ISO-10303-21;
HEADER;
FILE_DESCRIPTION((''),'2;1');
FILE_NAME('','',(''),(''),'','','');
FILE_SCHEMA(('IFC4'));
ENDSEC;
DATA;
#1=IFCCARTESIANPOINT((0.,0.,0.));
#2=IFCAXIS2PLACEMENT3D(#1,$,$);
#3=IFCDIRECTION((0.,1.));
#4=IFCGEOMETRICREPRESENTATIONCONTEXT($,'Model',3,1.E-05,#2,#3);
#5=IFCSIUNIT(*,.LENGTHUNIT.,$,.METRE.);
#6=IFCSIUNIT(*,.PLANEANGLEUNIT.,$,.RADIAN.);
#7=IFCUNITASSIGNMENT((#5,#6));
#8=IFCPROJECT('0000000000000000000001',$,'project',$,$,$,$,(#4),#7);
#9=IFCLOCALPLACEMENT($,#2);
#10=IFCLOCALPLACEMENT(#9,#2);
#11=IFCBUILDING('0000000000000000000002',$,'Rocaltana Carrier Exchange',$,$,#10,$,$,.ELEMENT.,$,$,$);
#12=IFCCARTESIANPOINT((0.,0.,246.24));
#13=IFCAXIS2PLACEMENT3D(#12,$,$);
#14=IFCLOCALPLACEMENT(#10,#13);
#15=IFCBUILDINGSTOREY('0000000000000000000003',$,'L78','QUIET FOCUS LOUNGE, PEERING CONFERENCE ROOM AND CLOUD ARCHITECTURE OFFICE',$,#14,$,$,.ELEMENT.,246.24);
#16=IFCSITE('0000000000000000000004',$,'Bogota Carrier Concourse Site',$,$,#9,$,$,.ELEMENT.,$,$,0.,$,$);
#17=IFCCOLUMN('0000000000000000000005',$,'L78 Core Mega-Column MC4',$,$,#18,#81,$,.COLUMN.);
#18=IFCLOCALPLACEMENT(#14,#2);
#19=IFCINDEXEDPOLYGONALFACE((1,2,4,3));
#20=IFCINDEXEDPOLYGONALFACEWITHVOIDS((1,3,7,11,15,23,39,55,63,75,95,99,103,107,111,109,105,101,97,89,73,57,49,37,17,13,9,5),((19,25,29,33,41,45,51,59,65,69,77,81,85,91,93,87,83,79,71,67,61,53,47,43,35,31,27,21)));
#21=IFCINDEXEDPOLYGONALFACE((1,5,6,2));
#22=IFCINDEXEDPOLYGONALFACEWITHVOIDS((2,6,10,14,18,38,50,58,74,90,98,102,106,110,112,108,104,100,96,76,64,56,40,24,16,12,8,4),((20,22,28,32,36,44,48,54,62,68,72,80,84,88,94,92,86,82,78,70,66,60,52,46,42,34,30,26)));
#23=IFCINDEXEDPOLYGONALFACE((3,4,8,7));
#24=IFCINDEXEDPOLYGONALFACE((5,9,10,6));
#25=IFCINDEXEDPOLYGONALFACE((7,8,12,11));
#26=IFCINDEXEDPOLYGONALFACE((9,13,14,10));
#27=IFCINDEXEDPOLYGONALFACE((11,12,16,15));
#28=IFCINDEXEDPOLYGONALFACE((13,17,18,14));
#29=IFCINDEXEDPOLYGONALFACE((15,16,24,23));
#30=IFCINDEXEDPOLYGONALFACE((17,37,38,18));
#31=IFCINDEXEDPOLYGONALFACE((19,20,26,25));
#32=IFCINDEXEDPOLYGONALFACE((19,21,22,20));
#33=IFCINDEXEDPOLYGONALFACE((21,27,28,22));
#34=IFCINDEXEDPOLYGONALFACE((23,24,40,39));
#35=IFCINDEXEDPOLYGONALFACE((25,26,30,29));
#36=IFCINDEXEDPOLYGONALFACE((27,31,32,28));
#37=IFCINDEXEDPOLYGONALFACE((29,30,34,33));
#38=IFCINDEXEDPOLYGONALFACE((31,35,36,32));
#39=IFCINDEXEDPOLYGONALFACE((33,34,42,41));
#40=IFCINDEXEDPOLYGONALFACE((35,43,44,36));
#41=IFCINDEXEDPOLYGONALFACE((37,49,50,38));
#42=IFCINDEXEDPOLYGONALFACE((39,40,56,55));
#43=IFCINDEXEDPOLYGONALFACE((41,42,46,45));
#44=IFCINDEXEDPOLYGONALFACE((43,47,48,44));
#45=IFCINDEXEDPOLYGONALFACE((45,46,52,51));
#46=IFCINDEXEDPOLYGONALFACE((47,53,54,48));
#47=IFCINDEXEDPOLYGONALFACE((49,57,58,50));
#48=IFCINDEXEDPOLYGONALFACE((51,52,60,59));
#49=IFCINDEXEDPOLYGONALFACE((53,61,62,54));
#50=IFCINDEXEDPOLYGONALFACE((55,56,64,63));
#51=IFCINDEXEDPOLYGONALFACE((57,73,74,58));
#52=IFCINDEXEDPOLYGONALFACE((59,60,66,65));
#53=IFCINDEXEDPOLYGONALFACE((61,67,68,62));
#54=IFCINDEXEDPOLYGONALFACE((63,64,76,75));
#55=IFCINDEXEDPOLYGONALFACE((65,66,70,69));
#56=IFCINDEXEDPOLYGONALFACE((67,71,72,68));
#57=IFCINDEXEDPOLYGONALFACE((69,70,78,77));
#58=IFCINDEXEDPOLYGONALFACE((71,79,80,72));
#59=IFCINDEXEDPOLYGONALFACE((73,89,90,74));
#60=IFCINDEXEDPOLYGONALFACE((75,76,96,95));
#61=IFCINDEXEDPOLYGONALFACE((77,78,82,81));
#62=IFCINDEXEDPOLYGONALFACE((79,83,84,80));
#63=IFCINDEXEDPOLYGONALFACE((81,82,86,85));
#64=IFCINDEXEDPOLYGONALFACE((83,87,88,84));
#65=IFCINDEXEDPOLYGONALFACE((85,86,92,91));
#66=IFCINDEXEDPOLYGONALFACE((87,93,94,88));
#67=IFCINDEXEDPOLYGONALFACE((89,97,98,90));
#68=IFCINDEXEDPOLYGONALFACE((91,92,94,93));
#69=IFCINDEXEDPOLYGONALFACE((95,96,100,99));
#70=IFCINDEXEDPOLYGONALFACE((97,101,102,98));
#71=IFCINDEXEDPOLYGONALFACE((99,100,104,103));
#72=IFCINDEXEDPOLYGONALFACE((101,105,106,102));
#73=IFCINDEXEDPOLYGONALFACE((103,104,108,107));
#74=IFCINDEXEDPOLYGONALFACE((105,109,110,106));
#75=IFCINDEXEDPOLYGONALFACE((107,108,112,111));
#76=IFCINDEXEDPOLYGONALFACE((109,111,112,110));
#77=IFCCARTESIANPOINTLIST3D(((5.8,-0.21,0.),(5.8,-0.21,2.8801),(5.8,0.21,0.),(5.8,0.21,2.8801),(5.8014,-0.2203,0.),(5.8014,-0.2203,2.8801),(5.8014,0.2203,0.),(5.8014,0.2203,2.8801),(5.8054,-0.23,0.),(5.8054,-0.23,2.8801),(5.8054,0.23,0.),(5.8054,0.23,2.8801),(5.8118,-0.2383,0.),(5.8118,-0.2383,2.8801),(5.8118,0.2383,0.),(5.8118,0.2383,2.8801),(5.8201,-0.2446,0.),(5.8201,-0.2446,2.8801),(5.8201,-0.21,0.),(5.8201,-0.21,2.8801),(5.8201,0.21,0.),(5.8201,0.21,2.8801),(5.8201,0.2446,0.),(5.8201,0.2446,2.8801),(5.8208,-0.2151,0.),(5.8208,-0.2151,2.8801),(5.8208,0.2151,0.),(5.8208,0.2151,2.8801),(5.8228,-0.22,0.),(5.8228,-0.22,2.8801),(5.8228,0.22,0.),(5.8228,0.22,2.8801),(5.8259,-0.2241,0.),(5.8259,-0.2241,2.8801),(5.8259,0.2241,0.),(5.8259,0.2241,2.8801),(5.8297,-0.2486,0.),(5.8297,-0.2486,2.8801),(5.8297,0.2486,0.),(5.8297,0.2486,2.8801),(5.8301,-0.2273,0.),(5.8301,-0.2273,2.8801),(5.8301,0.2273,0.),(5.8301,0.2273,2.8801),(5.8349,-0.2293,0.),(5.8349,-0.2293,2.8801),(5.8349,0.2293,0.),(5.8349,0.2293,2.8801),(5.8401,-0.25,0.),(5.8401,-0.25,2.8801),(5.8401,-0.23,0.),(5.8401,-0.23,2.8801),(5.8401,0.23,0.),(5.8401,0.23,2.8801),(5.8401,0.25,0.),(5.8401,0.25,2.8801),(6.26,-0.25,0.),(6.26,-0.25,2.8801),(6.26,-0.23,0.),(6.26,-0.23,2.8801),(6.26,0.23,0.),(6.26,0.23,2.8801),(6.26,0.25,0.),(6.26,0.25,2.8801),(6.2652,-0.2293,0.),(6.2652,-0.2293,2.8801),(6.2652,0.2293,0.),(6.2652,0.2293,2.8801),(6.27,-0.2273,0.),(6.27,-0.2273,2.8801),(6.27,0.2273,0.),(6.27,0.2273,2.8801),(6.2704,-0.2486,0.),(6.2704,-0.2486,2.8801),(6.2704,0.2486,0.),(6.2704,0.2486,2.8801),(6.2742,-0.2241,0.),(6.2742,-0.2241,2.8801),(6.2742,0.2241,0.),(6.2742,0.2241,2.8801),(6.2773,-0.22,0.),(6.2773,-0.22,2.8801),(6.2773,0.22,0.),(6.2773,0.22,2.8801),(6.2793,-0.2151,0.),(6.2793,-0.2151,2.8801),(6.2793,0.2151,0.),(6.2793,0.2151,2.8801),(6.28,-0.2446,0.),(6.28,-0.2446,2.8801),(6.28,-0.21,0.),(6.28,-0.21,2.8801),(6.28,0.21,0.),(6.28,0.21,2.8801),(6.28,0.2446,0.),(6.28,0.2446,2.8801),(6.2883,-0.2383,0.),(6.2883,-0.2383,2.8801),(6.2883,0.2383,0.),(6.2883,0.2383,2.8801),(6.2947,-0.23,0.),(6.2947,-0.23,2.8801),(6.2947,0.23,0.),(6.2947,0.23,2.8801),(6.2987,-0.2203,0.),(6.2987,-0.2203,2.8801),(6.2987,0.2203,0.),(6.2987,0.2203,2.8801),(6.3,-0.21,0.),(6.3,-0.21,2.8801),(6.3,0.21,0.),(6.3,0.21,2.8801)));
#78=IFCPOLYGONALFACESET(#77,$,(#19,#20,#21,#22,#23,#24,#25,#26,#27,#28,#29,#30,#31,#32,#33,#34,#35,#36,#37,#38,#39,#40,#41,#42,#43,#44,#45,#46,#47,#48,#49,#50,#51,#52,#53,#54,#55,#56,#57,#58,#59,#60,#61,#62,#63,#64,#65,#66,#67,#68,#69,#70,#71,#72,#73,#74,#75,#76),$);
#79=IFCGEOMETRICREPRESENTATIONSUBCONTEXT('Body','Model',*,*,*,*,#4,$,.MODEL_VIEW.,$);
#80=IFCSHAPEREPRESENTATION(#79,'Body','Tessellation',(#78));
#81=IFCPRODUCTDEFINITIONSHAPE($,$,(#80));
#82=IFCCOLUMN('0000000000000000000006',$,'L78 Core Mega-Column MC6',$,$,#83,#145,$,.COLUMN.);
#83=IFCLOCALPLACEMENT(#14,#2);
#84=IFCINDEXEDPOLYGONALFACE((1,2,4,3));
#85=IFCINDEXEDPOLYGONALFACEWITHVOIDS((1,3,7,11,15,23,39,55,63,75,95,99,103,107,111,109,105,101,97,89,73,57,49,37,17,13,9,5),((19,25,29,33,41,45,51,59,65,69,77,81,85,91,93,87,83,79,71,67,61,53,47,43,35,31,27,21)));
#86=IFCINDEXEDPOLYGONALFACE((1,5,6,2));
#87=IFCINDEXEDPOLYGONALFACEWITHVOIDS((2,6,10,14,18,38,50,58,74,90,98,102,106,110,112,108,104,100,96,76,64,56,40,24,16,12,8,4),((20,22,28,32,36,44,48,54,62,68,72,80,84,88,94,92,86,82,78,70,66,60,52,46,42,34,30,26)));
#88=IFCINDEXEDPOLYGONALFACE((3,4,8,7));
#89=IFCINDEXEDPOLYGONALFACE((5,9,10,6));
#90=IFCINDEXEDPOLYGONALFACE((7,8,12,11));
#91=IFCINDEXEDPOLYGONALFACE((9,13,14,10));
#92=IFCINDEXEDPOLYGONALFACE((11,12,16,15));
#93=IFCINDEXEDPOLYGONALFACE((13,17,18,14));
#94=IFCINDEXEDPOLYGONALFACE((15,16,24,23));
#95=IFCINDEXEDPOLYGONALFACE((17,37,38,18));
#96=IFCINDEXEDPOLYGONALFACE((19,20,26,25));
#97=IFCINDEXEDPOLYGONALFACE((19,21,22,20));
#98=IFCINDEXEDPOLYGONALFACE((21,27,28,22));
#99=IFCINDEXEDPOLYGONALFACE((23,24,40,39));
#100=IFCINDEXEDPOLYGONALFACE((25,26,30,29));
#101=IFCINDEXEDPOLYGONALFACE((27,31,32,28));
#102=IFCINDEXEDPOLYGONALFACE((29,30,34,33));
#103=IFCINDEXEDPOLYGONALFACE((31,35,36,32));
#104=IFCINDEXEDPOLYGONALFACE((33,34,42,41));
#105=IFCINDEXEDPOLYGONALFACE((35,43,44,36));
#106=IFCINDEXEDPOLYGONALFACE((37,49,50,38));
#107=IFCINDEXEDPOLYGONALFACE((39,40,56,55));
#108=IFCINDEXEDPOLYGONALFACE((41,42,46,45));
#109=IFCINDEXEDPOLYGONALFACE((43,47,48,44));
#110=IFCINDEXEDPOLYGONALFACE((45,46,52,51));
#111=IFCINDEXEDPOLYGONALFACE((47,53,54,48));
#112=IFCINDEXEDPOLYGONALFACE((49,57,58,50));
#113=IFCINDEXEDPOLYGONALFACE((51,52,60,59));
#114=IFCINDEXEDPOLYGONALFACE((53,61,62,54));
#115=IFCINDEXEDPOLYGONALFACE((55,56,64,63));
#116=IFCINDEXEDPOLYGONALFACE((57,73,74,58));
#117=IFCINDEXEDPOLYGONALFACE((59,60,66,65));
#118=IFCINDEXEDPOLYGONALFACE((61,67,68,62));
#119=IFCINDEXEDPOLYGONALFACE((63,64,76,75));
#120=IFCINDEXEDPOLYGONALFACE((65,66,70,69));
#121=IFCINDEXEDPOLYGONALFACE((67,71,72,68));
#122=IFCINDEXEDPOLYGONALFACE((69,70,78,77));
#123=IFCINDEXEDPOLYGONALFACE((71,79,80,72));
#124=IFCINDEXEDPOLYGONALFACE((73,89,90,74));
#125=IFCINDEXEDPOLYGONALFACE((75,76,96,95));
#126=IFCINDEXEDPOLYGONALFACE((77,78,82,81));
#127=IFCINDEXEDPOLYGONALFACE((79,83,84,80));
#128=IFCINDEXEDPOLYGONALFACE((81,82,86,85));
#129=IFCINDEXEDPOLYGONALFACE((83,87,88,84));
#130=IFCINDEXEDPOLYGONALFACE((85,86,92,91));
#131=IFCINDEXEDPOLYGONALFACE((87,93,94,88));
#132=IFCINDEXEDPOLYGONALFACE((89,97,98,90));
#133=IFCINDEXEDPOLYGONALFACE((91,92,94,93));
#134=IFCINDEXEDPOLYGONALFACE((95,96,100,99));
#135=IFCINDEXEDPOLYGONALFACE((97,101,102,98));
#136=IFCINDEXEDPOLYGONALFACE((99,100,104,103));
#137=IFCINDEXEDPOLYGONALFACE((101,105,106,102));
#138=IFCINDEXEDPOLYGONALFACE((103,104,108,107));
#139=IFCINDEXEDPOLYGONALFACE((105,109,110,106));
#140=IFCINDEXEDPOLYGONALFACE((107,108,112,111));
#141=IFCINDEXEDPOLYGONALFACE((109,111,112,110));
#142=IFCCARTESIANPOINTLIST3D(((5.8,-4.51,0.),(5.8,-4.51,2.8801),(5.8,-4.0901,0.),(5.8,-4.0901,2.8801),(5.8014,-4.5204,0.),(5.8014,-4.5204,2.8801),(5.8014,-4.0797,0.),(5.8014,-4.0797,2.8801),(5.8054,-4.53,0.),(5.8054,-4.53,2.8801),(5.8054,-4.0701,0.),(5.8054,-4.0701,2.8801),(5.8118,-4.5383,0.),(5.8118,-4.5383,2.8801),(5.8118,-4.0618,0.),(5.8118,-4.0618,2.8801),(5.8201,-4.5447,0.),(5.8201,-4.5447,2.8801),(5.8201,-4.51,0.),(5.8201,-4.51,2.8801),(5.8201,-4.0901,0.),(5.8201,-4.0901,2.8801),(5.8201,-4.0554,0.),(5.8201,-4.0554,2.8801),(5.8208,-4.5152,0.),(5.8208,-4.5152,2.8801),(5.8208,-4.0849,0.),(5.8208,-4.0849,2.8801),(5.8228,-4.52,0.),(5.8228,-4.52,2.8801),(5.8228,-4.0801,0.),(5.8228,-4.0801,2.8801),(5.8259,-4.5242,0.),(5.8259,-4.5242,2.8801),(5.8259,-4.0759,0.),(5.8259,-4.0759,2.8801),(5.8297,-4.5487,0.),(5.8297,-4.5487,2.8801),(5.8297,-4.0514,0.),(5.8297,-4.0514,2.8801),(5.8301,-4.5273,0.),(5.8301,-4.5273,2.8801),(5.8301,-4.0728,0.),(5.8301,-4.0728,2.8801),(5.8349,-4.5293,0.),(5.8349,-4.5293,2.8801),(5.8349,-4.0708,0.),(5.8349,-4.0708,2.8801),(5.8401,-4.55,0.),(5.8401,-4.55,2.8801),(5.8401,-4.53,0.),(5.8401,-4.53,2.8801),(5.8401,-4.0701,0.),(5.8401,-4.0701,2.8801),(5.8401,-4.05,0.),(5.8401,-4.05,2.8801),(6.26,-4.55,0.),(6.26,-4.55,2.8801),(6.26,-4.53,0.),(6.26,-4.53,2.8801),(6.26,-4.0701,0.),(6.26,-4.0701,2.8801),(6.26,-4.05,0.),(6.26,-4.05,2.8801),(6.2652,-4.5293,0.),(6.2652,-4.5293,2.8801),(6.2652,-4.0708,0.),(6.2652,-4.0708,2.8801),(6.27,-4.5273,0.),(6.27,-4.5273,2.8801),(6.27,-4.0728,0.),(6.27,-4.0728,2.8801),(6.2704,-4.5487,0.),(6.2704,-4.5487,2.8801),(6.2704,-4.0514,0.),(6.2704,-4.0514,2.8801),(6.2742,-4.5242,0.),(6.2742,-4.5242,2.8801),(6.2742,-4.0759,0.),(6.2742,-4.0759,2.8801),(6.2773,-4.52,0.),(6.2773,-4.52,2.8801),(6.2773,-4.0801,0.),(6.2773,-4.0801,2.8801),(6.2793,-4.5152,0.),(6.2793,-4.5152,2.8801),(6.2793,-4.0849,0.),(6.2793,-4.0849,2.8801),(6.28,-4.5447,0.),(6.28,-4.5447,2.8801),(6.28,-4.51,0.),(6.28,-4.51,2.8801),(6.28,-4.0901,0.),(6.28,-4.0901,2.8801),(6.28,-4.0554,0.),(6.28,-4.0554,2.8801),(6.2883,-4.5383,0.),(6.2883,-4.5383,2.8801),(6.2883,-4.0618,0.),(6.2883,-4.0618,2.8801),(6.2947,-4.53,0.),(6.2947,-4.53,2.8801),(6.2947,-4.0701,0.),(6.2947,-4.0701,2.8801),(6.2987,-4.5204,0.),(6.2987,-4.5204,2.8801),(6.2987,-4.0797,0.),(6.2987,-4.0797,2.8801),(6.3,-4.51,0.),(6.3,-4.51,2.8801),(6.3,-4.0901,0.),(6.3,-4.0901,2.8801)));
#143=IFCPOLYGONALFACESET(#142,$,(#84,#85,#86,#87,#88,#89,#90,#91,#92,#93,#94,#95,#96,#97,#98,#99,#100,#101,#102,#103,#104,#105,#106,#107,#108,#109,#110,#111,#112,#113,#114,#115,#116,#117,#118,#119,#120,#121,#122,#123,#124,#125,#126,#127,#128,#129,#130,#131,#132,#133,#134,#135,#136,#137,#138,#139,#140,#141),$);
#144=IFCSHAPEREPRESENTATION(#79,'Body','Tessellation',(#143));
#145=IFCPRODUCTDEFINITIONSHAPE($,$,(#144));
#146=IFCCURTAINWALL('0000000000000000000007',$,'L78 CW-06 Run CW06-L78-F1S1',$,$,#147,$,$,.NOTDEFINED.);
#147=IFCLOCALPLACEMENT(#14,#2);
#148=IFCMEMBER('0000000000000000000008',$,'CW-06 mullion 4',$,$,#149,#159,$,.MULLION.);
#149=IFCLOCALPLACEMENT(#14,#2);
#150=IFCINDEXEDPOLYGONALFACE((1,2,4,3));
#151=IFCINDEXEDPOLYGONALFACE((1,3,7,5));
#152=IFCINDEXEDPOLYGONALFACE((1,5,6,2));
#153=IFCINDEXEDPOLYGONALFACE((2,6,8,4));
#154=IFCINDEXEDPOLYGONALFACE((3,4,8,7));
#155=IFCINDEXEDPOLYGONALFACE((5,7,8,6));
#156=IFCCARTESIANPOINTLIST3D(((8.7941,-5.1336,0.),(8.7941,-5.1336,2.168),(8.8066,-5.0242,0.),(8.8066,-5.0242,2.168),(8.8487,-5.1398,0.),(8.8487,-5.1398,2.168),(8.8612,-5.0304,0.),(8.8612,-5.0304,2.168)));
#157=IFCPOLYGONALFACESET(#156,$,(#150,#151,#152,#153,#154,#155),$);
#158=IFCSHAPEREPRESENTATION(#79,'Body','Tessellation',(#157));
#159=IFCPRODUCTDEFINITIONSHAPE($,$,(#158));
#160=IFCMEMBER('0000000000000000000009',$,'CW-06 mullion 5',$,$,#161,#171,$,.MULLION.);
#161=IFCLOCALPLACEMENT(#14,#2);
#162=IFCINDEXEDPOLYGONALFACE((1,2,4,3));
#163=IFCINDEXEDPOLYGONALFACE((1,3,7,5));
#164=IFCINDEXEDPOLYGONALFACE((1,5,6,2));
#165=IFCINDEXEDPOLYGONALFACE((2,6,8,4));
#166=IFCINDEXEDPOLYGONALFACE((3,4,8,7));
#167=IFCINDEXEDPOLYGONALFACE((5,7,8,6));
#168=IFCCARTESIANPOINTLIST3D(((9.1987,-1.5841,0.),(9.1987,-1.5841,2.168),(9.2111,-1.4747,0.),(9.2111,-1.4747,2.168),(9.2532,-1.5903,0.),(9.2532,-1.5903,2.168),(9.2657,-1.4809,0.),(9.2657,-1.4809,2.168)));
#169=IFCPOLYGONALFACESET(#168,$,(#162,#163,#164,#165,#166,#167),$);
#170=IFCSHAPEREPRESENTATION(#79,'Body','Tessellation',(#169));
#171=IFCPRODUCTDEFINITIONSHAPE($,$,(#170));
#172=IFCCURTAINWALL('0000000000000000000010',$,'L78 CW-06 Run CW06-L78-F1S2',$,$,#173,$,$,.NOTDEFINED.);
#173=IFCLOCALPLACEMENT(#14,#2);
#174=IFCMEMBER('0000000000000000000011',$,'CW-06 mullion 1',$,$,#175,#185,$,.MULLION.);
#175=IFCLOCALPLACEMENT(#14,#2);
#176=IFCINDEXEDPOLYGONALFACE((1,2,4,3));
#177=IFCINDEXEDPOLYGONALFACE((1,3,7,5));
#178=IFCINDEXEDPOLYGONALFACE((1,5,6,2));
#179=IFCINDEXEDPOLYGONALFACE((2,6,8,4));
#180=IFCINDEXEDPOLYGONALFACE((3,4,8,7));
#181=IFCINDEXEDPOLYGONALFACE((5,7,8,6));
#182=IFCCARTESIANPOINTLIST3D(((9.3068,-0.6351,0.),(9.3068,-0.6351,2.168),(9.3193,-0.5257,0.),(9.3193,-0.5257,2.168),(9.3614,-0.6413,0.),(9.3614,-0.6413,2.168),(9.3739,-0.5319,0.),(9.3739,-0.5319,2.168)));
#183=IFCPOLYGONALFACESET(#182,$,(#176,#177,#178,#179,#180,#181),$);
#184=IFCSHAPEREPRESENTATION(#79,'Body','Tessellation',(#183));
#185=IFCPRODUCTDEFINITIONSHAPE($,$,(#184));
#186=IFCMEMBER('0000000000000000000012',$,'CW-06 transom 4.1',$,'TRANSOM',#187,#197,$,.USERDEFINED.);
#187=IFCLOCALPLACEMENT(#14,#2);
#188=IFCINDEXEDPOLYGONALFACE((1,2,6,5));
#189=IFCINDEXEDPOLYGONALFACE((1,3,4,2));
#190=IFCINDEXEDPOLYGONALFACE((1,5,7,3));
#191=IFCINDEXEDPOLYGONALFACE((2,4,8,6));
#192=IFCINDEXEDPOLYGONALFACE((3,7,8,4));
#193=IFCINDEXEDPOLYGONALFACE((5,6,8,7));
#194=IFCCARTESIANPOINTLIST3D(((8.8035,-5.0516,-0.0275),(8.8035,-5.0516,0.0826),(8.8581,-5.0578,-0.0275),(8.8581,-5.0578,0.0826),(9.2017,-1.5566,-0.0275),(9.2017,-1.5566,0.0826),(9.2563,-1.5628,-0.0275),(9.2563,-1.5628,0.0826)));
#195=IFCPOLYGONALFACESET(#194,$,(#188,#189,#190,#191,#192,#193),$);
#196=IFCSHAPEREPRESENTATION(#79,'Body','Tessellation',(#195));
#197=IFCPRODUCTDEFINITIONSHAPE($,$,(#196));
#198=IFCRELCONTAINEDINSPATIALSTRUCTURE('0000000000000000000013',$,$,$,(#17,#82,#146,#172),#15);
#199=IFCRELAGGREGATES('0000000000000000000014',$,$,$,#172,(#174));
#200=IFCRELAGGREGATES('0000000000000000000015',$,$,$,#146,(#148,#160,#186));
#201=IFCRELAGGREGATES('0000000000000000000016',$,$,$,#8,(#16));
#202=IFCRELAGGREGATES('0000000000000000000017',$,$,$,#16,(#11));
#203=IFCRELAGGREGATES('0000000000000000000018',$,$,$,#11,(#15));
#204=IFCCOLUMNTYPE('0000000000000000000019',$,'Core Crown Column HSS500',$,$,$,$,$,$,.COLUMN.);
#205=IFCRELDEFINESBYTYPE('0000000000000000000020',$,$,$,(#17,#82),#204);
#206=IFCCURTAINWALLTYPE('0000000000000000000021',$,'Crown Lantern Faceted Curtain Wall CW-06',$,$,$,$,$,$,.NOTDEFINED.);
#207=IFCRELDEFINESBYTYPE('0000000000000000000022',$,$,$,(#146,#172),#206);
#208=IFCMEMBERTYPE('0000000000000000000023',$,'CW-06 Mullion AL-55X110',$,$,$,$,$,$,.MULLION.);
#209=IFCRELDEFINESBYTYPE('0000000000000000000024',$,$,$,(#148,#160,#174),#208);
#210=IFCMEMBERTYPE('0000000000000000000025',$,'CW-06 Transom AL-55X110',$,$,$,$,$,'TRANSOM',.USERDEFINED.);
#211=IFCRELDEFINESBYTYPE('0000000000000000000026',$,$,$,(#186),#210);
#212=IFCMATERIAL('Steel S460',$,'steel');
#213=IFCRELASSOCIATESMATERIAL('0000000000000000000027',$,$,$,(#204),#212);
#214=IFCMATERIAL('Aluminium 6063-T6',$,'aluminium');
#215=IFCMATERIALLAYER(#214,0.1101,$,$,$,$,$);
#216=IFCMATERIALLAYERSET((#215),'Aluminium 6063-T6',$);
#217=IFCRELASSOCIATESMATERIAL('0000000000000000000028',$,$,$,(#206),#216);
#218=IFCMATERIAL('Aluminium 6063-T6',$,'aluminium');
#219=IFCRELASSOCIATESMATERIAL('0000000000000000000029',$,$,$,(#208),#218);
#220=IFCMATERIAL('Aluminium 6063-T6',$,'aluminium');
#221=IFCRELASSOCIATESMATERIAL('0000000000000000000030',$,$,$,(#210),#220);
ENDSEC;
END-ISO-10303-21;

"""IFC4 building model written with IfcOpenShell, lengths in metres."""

from ifc_helpers import new_model, si_unit, direction, frame, origin, origin_2d, place, context, subcontext, project, spatial, rectangle, hollow_rectangle, extrude, material, layer, layer_set, material_profile, profile_set, type_object, element, aggregate, save


model = new_model("IFC4")

# Units and contexts
model_context = context("Model", 3, precision=1e-05, world=origin(), true_north=direction((0.0, 1.0)))
body_context = subcontext(model_context, "Body", "Model", "MODEL_VIEW")
ifc_project = project(units=[si_unit("LENGTHUNIT", "METRE"), si_unit("PLANEANGLEUNIT", "RADIAN")], contexts=[model_context])

# Site, building, storey
site_placement = place(None, origin())
site = spatial("IfcSite", under=ifc_project, at=site_placement, Name="Bogota Carrier Concourse Site", CompositionType="ELEMENT", RefElevation=0.0)
building_placement = place(site_placement, origin())
building = spatial("IfcBuilding", under=site, at=building_placement, Name="Rocaltana Carrier Exchange", CompositionType="ELEMENT")
storey_placement = place(building_placement, frame((0.0, 0.0, 246.24)))
storey = spatial("IfcBuildingStorey", under=building, at=storey_placement, Name="L78", Description="QUIET FOCUS LOUNGE, PEERING CONFERENCE ROOM AND CLOUD ARCHITECTURE OFFICE", CompositionType="ELEMENT", Elevation=246.24)

# Columns
ifc_material_1 = material(Name="Steel S460", Category="steel")
ifc_material_profile_1 = material_profile(ifc_material_1, hollow_rectangle(XDim=0.5, YDim=0.5, WallThickness=0.02, InnerFilletRadius=0.02, OuterFilletRadius=0.04, at=origin_2d()), Name="HSS500X500X20")
ifc_profile_set_1 = profile_set([ifc_material_profile_1], Name="Steel S460")
column_type = type_object("IfcColumnType", Name="Core Crown Column HSS500", PredefinedType="COLUMN", material=ifc_profile_set_1)
for number, where, z_axis, x_axis, name in (
    (1, (6.05, 0.0, 0.0), (0.0, 0.0, 1.0), (1.0, 0.0, 0.0), "L78 Core Mega-Column MC4"),
    (2, (6.05, -4.3, 0.0), (0.0, 0.0, 1.0), (1.0, 0.0, 0.0), "L78 Core Mega-Column MC6"),
):
    element("IfcColumn", number, at=place(storey_placement, frame(where, z_axis=z_axis, x_axis=x_axis)), inside=storey, type_object=column_type, Name=name, PredefinedType="COLUMN", context=body_context, shape_type="SweptSolid", body=[
        extrude(hollow_rectangle(XDim=0.5, YDim=0.5, WallThickness=0.02, InnerFilletRadius=0.02, OuterFilletRadius=0.04, at=origin_2d()), origin(), (0.0, 0.0, 1.0), 2.8801),
    ])

# Curtain wall, members
ifc_material_2 = material(Name="Aluminium 6063-T6", Category="aluminium")
ifc_layer_1 = layer(ifc_material_2, 0.1101)
ifc_layer_set_1 = layer_set([ifc_layer_1], Name="Aluminium 6063-T6")
curtain_wall_type = type_object("IfcCurtainWallType", Name="Crown Lantern Faceted Curtain Wall CW-06", PredefinedType="NOTDEFINED", material=ifc_layer_set_1)
curtain_wall_1_placement = place(storey_placement, origin())
curtain_wall_1 = element("IfcCurtainWall", 3, at=curtain_wall_1_placement, inside=storey, type_object=curtain_wall_type, Name="L78 CW-06 Run CW06-L78-F1S1", PredefinedType="NOTDEFINED")
ifc_material_3 = material(Name="Aluminium 6063-T6", Category="aluminium")
ifc_material_profile_2 = material_profile(ifc_material_3, rectangle(XDim=0.0549, YDim=0.1101, at=origin_2d()), Name="AL-55X110")
ifc_profile_set_2 = profile_set([ifc_material_profile_2], Name="Aluminium 6063-T6")
member_type_1 = type_object("IfcMemberType", Name="CW-06 Mullion AL-55X110", PredefinedType="MULLION", material=ifc_profile_set_2)
member_1_placement = place(storey_placement, frame((8.8276, -5.082, 0.0), z_axis=(0.0, 0.0, 1.0), x_axis=(-0.993571, 0.113208, 0.0)))
member_1 = element("IfcMember", 4, at=member_1_placement, type_object=member_type_1, Name="CW-06 mullion 4", PredefinedType="MULLION", context=body_context, shape_type="SweptSolid", body=[
    extrude(rectangle(XDim=0.0549, YDim=0.1101, at=origin_2d()), origin(), (0.0, 0.0, 1.0), 2.168),
])
member_2_placement = place(storey_placement, frame((9.2322, -1.5325, 0.0), z_axis=(0.0, 0.0, 1.0), x_axis=(-0.993571, 0.113208, 0.0)))
member_2 = element("IfcMember", 5, at=member_2_placement, type_object=member_type_1, Name="CW-06 mullion 5", PredefinedType="MULLION", context=body_context, shape_type="SweptSolid", body=[
    extrude(rectangle(XDim=0.0549, YDim=0.1101, at=origin_2d()), origin(), (0.0, 0.0, 1.0), 2.168),
])

# Curtain wall, member
curtain_wall_2_placement = place(storey_placement, origin())
curtain_wall_2 = element("IfcCurtainWall", 6, at=curtain_wall_2_placement, inside=storey, type_object=curtain_wall_type, Name="L78 CW-06 Run CW06-L78-F1S2", PredefinedType="NOTDEFINED")
member_3_placement = place(storey_placement, frame((9.3403, -0.5835, 0.0), z_axis=(0.0, 0.0, 1.0), x_axis=(-0.993571, 0.113209, 0.0)))
member_3 = element("IfcMember", 7, at=member_3_placement, type_object=member_type_1, Name="CW-06 mullion 1", PredefinedType="MULLION", context=body_context, shape_type="SweptSolid", body=[
    extrude(rectangle(XDim=0.0549, YDim=0.1101, at=origin_2d()), origin(), (0.0, 0.0, 1.0), 2.168),
])

# Member
ifc_material_4 = material(Name="Aluminium 6063-T6", Category="aluminium")
ifc_material_profile_3 = material_profile(ifc_material_4, rectangle(XDim=0.0549, YDim=0.1101, at=origin_2d()), Name="AL-55X110")
ifc_profile_set_3 = profile_set([ifc_material_profile_3], Name="Aluminium 6063-T6")
member_type_2 = type_object("IfcMemberType", Name="CW-06 Transom AL-55X110", ElementType="TRANSOM", PredefinedType="USERDEFINED", material=ifc_profile_set_3)
member_4_placement = place(storey_placement, frame((8.8308, -5.0547, 0.0276), z_axis=(0.113204, 0.993572, 0.0), x_axis=(-0.993572, 0.113204, 0.0)))
member_4 = element("IfcMember", 8, at=member_4_placement, type_object=member_type_2, Name="CW-06 transom 4.1", ObjectType="TRANSOM", PredefinedType="USERDEFINED", context=body_context, shape_type="SweptSolid", body=[
    extrude(rectangle(XDim=0.0549, YDim=0.1101, at=origin_2d()), origin(), (0.0, 0.0, 1.0), 3.5176),
])
aggregate(curtain_wall_2, [member_3])

aggregate(curtain_wall_1, [member_1, member_2, member_4])

save(model, "model.ifc")
